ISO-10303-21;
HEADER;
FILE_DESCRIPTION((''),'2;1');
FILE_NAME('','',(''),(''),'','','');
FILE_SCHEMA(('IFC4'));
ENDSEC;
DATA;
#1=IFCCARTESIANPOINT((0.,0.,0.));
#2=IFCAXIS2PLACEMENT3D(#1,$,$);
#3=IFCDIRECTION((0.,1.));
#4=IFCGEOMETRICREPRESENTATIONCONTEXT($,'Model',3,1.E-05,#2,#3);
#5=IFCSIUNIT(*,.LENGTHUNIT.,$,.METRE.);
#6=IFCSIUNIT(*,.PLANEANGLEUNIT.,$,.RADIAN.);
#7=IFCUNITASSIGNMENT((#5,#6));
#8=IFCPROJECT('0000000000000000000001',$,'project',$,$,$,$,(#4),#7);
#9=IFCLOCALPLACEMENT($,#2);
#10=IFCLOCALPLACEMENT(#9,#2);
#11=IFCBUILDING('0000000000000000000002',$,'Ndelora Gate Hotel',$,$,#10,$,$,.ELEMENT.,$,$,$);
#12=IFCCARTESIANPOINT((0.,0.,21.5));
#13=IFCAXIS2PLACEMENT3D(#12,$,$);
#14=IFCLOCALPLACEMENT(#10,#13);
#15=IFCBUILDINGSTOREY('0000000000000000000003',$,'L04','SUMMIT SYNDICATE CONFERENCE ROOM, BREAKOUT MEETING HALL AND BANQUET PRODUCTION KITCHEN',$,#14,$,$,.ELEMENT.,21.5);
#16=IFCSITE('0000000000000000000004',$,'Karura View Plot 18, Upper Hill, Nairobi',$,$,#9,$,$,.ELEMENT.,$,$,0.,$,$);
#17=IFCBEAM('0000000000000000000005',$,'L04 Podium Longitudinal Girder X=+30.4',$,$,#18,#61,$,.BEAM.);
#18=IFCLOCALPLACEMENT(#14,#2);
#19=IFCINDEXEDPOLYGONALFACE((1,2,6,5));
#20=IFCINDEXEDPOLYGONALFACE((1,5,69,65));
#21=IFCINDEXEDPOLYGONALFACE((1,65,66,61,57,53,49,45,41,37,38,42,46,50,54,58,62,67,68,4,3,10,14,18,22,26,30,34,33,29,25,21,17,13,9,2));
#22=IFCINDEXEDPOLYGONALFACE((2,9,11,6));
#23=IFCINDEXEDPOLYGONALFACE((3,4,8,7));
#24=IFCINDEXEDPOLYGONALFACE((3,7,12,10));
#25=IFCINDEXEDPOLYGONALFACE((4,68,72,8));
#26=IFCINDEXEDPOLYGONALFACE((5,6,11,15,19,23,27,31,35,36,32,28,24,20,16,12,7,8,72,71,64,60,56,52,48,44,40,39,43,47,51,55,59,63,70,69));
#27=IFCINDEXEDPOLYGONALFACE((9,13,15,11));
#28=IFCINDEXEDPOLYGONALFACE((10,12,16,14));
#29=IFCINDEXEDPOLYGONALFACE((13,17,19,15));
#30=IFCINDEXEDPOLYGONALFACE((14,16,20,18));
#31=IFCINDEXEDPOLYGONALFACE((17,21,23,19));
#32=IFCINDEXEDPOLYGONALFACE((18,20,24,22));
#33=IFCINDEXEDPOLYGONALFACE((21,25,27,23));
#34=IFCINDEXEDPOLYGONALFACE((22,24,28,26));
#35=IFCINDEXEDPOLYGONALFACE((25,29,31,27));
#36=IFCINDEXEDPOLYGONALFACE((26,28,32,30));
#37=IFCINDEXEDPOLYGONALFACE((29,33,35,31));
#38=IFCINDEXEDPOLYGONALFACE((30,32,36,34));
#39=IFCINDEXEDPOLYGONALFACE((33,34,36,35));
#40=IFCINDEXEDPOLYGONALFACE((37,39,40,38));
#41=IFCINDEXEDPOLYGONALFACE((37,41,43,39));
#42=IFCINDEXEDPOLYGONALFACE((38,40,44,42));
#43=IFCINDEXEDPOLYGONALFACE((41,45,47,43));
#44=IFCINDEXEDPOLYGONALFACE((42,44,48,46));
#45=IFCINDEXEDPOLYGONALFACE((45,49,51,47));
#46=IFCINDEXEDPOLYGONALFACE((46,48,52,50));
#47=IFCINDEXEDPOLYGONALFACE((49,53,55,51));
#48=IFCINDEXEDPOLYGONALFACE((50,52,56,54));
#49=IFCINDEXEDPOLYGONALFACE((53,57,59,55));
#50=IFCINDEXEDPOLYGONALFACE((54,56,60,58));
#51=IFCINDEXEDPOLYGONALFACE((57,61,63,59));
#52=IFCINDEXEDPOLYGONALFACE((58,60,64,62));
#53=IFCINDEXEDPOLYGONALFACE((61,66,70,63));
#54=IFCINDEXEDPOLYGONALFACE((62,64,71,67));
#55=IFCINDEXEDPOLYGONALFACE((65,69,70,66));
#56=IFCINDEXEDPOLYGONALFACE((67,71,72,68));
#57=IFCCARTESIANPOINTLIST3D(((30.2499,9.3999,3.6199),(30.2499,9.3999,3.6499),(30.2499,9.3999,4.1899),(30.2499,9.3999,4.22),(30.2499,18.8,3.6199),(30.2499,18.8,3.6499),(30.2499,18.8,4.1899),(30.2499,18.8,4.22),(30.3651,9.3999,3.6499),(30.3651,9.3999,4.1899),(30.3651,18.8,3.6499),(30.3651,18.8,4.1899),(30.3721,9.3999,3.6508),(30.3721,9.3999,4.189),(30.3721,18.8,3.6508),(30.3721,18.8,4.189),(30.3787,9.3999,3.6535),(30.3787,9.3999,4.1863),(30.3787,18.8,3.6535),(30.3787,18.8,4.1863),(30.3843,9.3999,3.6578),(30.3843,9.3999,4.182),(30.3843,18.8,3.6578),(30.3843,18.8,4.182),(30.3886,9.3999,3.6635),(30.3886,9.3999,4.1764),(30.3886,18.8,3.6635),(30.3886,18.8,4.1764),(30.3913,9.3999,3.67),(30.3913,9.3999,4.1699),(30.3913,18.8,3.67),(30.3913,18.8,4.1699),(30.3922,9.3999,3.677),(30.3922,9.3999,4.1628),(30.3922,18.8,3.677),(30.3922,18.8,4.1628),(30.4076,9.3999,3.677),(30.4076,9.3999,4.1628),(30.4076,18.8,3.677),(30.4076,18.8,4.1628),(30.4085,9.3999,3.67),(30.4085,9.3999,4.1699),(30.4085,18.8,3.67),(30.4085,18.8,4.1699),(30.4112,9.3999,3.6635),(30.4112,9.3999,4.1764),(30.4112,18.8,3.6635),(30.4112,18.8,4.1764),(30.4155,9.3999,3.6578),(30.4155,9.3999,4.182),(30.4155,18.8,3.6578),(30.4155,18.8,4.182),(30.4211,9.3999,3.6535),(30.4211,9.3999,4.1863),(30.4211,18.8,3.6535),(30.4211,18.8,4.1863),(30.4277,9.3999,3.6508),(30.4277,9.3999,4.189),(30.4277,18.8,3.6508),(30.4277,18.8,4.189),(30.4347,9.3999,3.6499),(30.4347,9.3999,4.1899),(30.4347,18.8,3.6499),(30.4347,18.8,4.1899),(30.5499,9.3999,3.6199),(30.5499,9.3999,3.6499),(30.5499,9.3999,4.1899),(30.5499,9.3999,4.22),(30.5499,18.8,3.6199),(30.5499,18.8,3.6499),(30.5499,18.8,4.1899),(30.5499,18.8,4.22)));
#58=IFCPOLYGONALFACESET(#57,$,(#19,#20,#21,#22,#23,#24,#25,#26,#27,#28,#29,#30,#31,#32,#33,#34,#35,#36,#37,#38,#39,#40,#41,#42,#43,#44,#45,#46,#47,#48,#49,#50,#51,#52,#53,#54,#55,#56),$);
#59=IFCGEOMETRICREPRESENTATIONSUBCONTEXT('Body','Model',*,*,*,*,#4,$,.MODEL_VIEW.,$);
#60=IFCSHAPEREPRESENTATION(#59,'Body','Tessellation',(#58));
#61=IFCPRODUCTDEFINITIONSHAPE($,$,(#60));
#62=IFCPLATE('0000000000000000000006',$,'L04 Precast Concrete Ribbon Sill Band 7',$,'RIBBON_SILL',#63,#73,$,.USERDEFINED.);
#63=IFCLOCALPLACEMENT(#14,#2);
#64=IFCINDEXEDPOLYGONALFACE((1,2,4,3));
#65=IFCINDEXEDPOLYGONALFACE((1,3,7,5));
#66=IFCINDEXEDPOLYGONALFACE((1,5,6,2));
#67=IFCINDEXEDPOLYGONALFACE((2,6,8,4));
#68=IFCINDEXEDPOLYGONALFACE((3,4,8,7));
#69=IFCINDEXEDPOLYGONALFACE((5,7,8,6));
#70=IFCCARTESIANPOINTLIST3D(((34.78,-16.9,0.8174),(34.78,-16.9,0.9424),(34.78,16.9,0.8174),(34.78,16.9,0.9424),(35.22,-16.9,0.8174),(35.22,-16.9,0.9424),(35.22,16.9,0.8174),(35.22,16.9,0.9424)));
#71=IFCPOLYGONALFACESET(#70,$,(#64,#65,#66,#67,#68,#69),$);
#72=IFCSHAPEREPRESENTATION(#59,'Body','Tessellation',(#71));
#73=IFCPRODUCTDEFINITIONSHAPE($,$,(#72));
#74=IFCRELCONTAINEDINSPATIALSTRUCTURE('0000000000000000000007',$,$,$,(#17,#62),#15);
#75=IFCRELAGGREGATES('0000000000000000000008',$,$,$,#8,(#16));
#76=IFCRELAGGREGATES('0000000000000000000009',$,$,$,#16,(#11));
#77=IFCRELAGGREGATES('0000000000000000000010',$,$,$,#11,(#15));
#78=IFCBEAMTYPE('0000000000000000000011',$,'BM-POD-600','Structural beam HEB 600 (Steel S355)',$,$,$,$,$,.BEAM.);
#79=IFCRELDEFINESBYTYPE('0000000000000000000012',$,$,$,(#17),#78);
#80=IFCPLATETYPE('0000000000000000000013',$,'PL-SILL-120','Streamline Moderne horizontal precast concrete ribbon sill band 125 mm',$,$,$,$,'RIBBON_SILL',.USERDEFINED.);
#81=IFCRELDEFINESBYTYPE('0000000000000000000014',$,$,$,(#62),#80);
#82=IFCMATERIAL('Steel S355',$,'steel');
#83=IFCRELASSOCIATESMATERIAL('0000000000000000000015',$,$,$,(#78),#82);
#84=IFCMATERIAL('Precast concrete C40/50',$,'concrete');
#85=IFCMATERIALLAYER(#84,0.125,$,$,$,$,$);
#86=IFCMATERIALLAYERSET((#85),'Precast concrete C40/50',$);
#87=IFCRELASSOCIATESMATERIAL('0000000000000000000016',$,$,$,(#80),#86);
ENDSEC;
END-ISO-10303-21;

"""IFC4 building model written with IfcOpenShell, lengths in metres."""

from ifc_helpers import new_model, si_unit, direction, frame, origin, origin_2d, place, context, subcontext, project, spatial, rectangle, i_section, extrude, material, layer, layer_set, material_profile, profile_set, type_object, element, save


model = new_model("IFC4")

# Units and contexts
model_context = context("Model", 3, precision=1e-05, world=origin(), true_north=direction((0.0, 1.0)))
body_context = subcontext(model_context, "Body", "Model", "MODEL_VIEW")
ifc_project = project(units=[si_unit("LENGTHUNIT", "METRE"), si_unit("PLANEANGLEUNIT", "RADIAN")], contexts=[model_context])

# Site, building, storey
site_placement = place(None, origin())
site = spatial("IfcSite", under=ifc_project, at=site_placement, Name="Karura View Plot 18, Upper Hill, Nairobi", CompositionType="ELEMENT", RefElevation=0.0)
building_placement = place(site_placement, origin())
building = spatial("IfcBuilding", under=site, at=building_placement, Name="Ndelora Gate Hotel", CompositionType="ELEMENT")
storey_placement = place(building_placement, frame((0.0, 0.0, 21.5)))
storey = spatial("IfcBuildingStorey", under=building, at=storey_placement, Name="L04", Description="SUMMIT SYNDICATE CONFERENCE ROOM, BREAKOUT MEETING HALL AND BANQUET PRODUCTION KITCHEN", CompositionType="ELEMENT", Elevation=21.5)

# Beam
ifc_material_1 = material(Name="Steel S355", Category="steel")
ifc_material_profile_1 = material_profile(ifc_material_1, i_section(OverallWidth=0.3, OverallDepth=0.6001, WebThickness=0.0154, FlangeThickness=0.03, FilletRadius=0.0271, at=origin_2d()), Name="HEB 600")
ifc_profile_set_1 = profile_set([ifc_material_profile_1], Name="Steel S355")
beam_type_1 = type_object("IfcBeamType", Name="BM-POD-600", Description="Structural beam HEB 600 (Steel S355)", PredefinedType="BEAM", material=ifc_profile_set_1)
beam_1_placement = place(storey_placement, frame((30.3999, 9.3999, 3.9199), z_axis=(0.0, 1.0, 0.0), x_axis=(-1.0, 0.0, 0.0)))
element("IfcBeam", 1, at=beam_1_placement, inside=storey, type_object=beam_type_1, Name="L04 Podium Longitudinal Girder X=+30.4", PredefinedType="BEAM", context=body_context, shape_type="SweptSolid", body=[
    extrude(i_section(OverallWidth=0.3, OverallDepth=0.6001, WebThickness=0.0154, FlangeThickness=0.03, FilletRadius=0.0271, at=origin_2d()), origin(), (0.0, 0.0, 1.0), 9.4001),
])

# Plate
ifc_material_2 = material(Name="Precast concrete C40/50", Category="concrete")
ifc_layer_1 = layer(ifc_material_2, 0.125)
ifc_layer_set_1 = layer_set([ifc_layer_1], Name="Precast concrete C40/50")
plate_type = type_object("IfcPlateType", Name="PL-SILL-120", Description="Streamline Moderne horizontal precast concrete ribbon sill band 125 mm", ElementType="RIBBON_SILL", PredefinedType="USERDEFINED", material=ifc_layer_set_1)
plate_placement = place(storey_placement, frame((35.0, 0.0, 0.8174), z_axis=(0.0, 0.0, 1.0), x_axis=(0.0, 1.0, 0.0)))
element("IfcPlate", 2, at=plate_placement, inside=storey, type_object=plate_type, Name="L04 Precast Concrete Ribbon Sill Band 7", ObjectType="RIBBON_SILL", PredefinedType="USERDEFINED", context=body_context, shape_type="SweptSolid", body=[
    extrude(rectangle(XDim=33.8, YDim=0.4399, at=origin_2d()), origin(), (0.0, 0.0, 1.0), 0.125),
])

save(model, "model.ifc")
